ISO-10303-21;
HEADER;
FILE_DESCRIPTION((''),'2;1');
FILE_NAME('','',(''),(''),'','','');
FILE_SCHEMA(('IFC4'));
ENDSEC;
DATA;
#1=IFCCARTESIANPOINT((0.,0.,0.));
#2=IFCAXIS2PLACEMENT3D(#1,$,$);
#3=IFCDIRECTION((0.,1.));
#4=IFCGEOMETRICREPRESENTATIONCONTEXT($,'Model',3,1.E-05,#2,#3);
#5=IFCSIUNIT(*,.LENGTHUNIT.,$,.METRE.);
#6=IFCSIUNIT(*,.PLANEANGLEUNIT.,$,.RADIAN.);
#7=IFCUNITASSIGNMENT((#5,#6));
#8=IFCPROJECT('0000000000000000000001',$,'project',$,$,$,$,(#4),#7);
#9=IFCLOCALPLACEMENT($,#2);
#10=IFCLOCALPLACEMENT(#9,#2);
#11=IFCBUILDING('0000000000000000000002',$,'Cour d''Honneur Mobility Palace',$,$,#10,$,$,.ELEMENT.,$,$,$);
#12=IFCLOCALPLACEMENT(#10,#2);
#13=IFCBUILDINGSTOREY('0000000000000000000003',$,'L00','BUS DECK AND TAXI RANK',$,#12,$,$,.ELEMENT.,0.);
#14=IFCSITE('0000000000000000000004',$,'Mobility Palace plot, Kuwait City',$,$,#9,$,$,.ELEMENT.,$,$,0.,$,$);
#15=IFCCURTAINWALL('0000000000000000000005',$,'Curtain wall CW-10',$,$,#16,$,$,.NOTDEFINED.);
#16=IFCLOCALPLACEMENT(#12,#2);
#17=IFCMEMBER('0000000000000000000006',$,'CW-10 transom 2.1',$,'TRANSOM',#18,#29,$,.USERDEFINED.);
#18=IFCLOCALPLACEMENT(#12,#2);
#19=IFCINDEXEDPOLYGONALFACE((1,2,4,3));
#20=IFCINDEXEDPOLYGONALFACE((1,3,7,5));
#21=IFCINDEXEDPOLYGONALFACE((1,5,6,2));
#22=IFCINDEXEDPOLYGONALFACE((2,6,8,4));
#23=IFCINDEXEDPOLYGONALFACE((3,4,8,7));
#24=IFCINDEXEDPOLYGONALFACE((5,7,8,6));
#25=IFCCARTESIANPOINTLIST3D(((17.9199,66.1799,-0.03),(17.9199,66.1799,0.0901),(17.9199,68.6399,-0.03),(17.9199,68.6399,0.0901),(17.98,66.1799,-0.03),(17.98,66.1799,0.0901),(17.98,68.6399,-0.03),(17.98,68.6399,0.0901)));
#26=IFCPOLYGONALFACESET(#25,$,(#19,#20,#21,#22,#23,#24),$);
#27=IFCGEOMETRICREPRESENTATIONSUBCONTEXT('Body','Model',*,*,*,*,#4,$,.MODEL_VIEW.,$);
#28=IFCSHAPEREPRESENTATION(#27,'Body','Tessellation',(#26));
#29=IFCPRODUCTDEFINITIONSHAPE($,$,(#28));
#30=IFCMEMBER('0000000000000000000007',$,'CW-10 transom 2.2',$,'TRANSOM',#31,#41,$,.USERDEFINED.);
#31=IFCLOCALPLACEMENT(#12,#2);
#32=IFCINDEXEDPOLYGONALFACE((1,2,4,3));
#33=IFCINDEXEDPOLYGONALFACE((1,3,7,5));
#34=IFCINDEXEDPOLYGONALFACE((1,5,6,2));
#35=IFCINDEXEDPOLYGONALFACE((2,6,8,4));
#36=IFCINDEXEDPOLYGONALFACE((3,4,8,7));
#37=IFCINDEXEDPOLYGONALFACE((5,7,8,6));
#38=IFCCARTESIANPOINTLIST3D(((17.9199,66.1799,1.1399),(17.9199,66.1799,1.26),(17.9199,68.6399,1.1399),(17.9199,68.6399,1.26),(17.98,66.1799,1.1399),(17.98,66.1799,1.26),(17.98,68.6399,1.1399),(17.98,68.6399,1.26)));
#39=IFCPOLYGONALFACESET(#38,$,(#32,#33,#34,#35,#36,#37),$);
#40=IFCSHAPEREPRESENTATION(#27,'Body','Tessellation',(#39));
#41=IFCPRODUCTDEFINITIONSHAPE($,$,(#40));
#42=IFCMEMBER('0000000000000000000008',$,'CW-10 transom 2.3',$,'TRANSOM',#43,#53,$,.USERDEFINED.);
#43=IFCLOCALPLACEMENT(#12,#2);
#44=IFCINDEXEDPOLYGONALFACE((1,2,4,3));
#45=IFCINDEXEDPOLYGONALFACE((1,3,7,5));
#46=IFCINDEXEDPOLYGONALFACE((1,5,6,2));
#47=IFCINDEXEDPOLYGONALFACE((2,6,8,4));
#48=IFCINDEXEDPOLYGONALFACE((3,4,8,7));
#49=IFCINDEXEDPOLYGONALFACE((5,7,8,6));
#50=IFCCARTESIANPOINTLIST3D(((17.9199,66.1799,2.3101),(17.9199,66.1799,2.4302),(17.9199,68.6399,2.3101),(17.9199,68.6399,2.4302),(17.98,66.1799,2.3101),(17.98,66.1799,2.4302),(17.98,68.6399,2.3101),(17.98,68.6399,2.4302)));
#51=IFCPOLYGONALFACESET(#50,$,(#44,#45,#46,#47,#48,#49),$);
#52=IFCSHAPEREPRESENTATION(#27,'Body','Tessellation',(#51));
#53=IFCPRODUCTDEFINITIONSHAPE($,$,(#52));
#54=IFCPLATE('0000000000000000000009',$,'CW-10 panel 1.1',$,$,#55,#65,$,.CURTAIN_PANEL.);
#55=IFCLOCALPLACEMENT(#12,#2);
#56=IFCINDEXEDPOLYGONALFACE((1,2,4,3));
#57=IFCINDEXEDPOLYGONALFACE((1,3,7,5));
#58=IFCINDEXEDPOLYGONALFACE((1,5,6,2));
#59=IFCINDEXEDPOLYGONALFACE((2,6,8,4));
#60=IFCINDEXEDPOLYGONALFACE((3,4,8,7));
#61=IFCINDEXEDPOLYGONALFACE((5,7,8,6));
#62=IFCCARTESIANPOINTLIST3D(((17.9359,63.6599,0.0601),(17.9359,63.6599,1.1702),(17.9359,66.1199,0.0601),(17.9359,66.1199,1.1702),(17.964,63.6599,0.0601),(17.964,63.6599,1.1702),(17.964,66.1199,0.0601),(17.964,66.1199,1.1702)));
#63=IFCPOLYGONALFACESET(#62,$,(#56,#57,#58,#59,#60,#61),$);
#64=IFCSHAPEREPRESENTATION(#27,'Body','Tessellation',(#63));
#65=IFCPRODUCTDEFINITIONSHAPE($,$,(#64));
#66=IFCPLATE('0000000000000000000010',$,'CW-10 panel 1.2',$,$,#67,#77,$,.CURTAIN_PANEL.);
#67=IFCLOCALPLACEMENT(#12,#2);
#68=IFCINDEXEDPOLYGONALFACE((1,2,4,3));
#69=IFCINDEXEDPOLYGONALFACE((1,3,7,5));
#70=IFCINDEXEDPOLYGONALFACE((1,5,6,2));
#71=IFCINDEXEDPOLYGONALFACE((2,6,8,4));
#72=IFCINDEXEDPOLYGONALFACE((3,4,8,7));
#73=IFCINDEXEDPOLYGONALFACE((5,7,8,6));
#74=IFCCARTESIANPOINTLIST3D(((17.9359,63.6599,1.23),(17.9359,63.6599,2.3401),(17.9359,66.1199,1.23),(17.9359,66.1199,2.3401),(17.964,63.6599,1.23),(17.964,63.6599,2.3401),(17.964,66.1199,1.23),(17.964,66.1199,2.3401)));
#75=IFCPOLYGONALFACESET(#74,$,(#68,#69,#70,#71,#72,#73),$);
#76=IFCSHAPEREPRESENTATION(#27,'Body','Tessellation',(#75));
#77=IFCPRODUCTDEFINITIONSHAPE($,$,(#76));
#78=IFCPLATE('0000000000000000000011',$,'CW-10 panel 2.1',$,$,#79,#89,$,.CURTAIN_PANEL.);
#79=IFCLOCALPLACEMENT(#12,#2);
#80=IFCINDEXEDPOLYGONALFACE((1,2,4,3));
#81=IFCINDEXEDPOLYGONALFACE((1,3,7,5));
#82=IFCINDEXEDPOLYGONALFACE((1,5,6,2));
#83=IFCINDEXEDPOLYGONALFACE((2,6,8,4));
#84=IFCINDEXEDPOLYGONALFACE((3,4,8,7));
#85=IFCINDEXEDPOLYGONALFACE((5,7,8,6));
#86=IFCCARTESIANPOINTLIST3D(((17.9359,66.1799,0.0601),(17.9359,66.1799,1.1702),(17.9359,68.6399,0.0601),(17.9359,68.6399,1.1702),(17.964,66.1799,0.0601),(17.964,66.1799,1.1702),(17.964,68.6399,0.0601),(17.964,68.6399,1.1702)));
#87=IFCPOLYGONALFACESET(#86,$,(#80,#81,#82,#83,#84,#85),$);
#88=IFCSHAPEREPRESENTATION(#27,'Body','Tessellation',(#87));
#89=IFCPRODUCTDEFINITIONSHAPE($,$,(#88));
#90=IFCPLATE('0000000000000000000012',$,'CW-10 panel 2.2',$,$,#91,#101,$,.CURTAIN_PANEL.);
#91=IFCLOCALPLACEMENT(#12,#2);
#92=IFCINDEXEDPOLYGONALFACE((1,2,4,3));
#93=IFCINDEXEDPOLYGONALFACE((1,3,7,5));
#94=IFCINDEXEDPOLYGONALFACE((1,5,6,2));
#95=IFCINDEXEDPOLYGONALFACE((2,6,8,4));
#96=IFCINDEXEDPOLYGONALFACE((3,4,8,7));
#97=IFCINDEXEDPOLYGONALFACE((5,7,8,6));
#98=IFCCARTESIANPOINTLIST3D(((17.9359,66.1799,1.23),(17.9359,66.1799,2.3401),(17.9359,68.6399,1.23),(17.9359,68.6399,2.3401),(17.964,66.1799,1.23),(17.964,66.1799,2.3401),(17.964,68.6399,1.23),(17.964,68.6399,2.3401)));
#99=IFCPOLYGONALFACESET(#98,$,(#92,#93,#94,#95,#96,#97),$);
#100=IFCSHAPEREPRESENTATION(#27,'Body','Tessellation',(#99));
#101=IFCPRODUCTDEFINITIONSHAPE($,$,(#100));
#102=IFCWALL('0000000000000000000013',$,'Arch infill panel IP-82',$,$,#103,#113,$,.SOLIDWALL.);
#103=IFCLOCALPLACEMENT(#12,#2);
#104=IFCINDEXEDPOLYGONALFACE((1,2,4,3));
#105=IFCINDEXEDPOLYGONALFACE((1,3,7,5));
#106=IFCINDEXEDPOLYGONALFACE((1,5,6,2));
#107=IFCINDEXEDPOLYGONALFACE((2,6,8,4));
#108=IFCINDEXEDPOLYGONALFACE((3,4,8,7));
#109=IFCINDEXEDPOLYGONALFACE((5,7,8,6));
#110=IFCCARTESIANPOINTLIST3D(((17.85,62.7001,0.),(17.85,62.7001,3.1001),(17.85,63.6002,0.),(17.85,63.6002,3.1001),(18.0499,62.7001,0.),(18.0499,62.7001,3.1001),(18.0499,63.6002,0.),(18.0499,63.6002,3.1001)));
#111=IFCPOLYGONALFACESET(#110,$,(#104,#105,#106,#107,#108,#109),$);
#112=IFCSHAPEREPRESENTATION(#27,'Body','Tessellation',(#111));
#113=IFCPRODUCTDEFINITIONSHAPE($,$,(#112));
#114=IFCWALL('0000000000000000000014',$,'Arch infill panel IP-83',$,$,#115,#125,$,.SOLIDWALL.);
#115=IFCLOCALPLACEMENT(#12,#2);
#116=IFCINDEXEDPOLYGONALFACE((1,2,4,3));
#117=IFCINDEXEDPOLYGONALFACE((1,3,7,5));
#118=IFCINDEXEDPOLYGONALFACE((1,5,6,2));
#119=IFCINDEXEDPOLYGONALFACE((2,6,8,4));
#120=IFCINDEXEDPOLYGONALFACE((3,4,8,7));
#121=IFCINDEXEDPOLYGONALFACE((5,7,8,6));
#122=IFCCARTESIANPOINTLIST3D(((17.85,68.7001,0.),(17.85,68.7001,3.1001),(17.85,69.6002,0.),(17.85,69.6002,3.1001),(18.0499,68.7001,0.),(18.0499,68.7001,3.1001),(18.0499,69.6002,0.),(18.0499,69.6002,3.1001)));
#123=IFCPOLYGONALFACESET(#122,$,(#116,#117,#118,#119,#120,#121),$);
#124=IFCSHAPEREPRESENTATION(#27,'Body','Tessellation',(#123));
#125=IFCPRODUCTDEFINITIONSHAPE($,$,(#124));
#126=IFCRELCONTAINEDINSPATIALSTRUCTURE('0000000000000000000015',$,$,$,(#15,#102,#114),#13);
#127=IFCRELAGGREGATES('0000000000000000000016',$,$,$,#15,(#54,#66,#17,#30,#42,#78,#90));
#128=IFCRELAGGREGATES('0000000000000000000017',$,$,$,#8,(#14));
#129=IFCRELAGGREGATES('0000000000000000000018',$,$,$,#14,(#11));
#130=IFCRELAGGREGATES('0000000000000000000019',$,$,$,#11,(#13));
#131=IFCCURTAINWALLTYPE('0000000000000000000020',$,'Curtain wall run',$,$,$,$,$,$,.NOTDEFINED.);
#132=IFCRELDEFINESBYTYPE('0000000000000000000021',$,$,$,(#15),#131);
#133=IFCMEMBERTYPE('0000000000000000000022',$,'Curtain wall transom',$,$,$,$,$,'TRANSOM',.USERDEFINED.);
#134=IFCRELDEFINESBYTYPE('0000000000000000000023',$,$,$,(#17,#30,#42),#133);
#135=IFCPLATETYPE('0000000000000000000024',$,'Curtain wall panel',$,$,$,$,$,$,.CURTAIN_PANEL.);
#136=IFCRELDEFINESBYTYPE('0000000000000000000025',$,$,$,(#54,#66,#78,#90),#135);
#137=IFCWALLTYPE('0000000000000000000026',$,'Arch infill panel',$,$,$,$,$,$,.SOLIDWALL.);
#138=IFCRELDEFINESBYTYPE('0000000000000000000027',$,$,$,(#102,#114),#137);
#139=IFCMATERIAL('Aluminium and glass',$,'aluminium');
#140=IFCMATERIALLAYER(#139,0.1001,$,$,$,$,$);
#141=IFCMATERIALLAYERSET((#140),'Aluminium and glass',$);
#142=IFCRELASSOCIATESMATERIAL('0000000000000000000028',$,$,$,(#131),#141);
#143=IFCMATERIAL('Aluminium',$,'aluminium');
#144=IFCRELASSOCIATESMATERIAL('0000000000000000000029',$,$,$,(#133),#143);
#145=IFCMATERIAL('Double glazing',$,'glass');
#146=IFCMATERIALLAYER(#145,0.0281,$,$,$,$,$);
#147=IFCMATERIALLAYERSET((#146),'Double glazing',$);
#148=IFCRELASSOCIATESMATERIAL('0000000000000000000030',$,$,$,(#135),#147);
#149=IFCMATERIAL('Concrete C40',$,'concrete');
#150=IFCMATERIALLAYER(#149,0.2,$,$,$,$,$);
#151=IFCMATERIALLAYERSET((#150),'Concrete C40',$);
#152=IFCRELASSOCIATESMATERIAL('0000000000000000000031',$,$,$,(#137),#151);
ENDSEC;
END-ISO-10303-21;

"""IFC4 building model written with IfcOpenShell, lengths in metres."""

from ifc_helpers import new_model, si_unit, direction, frame, frame_2d, origin, origin_2d, place, context, subcontext, project, spatial, rectangle, extrude, material, layer, layer_set, material_profile, profile_set, type_object, element, aggregate, save


model = new_model("IFC4")

# Units and contexts
model_context = context("Model", 3, precision=1e-05, world=origin(), true_north=direction((0.0, 1.0)))
body_context = subcontext(model_context, "Body", "Model", "MODEL_VIEW")
ifc_project = project(units=[si_unit("LENGTHUNIT", "METRE"), si_unit("PLANEANGLEUNIT", "RADIAN")], contexts=[model_context])

# Site, building, storey
site_placement = place(None, origin())
site = spatial("IfcSite", under=ifc_project, at=site_placement, Name="Mobility Palace plot, Kuwait City", CompositionType="ELEMENT", RefElevation=0.0)
building_placement = place(site_placement, origin())
building = spatial("IfcBuilding", under=site, at=building_placement, Name="Cour d'Honneur Mobility Palace", CompositionType="ELEMENT")
storey_placement = place(building_placement, origin())
storey = spatial("IfcBuildingStorey", under=building, at=storey_placement, Name="L00", Description="BUS DECK AND TAXI RANK", CompositionType="ELEMENT", Elevation=0.0)

# Curtain wall, members, plates
ifc_material_1 = material(Name="Aluminium and glass", Category="aluminium")
ifc_layer_1 = layer(ifc_material_1, 0.1001)
ifc_layer_set_1 = layer_set([ifc_layer_1], Name="Aluminium and glass")
curtain_wall_type = type_object("IfcCurtainWallType", Name="Curtain wall run", PredefinedType="NOTDEFINED", material=ifc_layer_set_1)
curtain_wall_placement = place(storey_placement, origin())
curtain_wall = element("IfcCurtainWall", 1, at=curtain_wall_placement, inside=storey, type_object=curtain_wall_type, Name="Curtain wall CW-10", PredefinedType="NOTDEFINED")
ifc_material_2 = material(Name="Aluminium", Category="aluminium")
ifc_material_profile_1 = material_profile(ifc_material_2, rectangle(XDim=0.0601, YDim=0.1201, at=origin_2d()), Name="Curtain wall transom")
ifc_profile_set_1 = profile_set([ifc_material_profile_1], Name="Aluminium")
member_type_1 = type_object("IfcMemberType", Name="Curtain wall transom", ElementType="TRANSOM", PredefinedType="USERDEFINED", material=ifc_profile_set_1)
member_1_placement = place(storey_placement, frame((17.95, 66.1799, 0.03), z_axis=(0.0, 1.0, 0.0), x_axis=(-1.0, 0.0, 0.0)))
member_1 = element("IfcMember", 2, at=member_1_placement, type_object=member_type_1, Name="CW-10 transom 2.1", ObjectType="TRANSOM", PredefinedType="USERDEFINED", context=body_context, shape_type="SweptSolid", body=[
    extrude(rectangle(XDim=0.0601, YDim=0.1201, at=origin_2d()), origin(), (0.0, 0.0, 1.0), 2.46),
])
member_2_placement = place(storey_placement, frame((17.95, 66.1799, 1.2), z_axis=(0.0, 1.0, 0.0), x_axis=(-1.0, 0.0, 0.0)))
member_2 = element("IfcMember", 3, at=member_2_placement, type_object=member_type_1, Name="CW-10 transom 2.2", ObjectType="TRANSOM", PredefinedType="USERDEFINED", context=body_context, shape_type="SweptSolid", body=[
    extrude(rectangle(XDim=0.0601, YDim=0.1201, at=origin_2d()), origin(), (0.0, 0.0, 1.0), 2.46),
])
member_3_placement = place(storey_placement, frame((17.95, 66.1799, 2.3701), z_axis=(0.0, 1.0, 0.0), x_axis=(-1.0, 0.0, 0.0)))
member_3 = element("IfcMember", 4, at=member_3_placement, type_object=member_type_1, Name="CW-10 transom 2.3", ObjectType="TRANSOM", PredefinedType="USERDEFINED", context=body_context, shape_type="SweptSolid", body=[
    extrude(rectangle(XDim=0.0601, YDim=0.1201, at=origin_2d()), origin(), (0.0, 0.0, 1.0), 2.46),
])
ifc_material_3 = material(Name="Double glazing", Category="glass")
ifc_layer_2 = layer(ifc_material_3, 0.0281)
ifc_layer_set_2 = layer_set([ifc_layer_2], Name="Double glazing")
plate_type = type_object("IfcPlateType", Name="Curtain wall panel", PredefinedType="CURTAIN_PANEL", material=ifc_layer_set_2)
plate_1_placement = place(storey_placement, frame((17.95, 64.8899, 0.0601), z_axis=(0.0, 0.0, 1.0), x_axis=(0.0, 1.0, 0.0)))
plate_1 = element("IfcPlate", 5, at=plate_1_placement, type_object=plate_type, Name="CW-10 panel 1.1", PredefinedType="CURTAIN_PANEL", context=body_context, shape_type="SweptSolid", body=[
    extrude(rectangle(XDim=2.46, YDim=0.0281, at=origin_2d()), origin(), (0.0, 0.0, 1.0), 1.1101),
])
plate_2_placement = place(storey_placement, frame((17.95, 64.8899, 1.23), z_axis=(0.0, 0.0, 1.0), x_axis=(0.0, 1.0, 0.0)))
plate_2 = element("IfcPlate", 6, at=plate_2_placement, type_object=plate_type, Name="CW-10 panel 1.2", PredefinedType="CURTAIN_PANEL", context=body_context, shape_type="SweptSolid", body=[
    extrude(rectangle(XDim=2.46, YDim=0.0281, at=origin_2d()), origin(), (0.0, 0.0, 1.0), 1.1101),
])
plate_3_placement = place(storey_placement, frame((17.95, 67.4099, 0.0601), z_axis=(0.0, 0.0, 1.0), x_axis=(0.0, 1.0, 0.0)))
plate_3 = element("IfcPlate", 7, at=plate_3_placement, type_object=plate_type, Name="CW-10 panel 2.1", PredefinedType="CURTAIN_PANEL", context=body_context, shape_type="SweptSolid", body=[
    extrude(rectangle(XDim=2.46, YDim=0.0281, at=origin_2d()), origin(), (0.0, 0.0, 1.0), 1.1101),
])
plate_4_placement = place(storey_placement, frame((17.95, 67.4099, 1.23), z_axis=(0.0, 0.0, 1.0), x_axis=(0.0, 1.0, 0.0)))
plate_4 = element("IfcPlate", 8, at=plate_4_placement, type_object=plate_type, Name="CW-10 panel 2.2", PredefinedType="CURTAIN_PANEL", context=body_context, shape_type="SweptSolid", body=[
    extrude(rectangle(XDim=2.46, YDim=0.0281, at=origin_2d()), origin(), (0.0, 0.0, 1.0), 1.1101),
])
aggregate(curtain_wall, [plate_1, plate_2, member_1, member_2, member_3, plate_3, plate_4])

# Walls
ifc_material_4 = material(Name="Concrete C40", Category="concrete")
ifc_layer_3 = layer(ifc_material_4, 0.2)
ifc_layer_set_3 = layer_set([ifc_layer_3], Name="Concrete C40")
wall_type = type_object("IfcWallType", Name="Arch infill panel", PredefinedType="SOLIDWALL", material=ifc_layer_set_3)
for number, where, z_axis, x_axis, name in (
    (9, (17.95, 62.7, 0.0), (0.0, 0.0, 1.0), (0.0, 1.0, 0.0), "Arch infill panel IP-82"),
    (10, (17.95, 68.7, 0.0), (0.0, 0.0, 1.0), (0.0, 1.0, 0.0), "Arch infill panel IP-83"),
):
    element("IfcWall", number, at=place(storey_placement, frame(where, z_axis=z_axis, x_axis=x_axis)), inside=storey, type_object=wall_type, Name=name, PredefinedType="SOLIDWALL", context=body_context, shape_type="SweptSolid", body=[
        extrude(rectangle(XDim=0.9001, YDim=0.2, at=frame_2d((0.4502, 0.0))), origin(), (0.0, 0.0, 1.0), 3.1001),
    ])

save(model, "model.ifc")
